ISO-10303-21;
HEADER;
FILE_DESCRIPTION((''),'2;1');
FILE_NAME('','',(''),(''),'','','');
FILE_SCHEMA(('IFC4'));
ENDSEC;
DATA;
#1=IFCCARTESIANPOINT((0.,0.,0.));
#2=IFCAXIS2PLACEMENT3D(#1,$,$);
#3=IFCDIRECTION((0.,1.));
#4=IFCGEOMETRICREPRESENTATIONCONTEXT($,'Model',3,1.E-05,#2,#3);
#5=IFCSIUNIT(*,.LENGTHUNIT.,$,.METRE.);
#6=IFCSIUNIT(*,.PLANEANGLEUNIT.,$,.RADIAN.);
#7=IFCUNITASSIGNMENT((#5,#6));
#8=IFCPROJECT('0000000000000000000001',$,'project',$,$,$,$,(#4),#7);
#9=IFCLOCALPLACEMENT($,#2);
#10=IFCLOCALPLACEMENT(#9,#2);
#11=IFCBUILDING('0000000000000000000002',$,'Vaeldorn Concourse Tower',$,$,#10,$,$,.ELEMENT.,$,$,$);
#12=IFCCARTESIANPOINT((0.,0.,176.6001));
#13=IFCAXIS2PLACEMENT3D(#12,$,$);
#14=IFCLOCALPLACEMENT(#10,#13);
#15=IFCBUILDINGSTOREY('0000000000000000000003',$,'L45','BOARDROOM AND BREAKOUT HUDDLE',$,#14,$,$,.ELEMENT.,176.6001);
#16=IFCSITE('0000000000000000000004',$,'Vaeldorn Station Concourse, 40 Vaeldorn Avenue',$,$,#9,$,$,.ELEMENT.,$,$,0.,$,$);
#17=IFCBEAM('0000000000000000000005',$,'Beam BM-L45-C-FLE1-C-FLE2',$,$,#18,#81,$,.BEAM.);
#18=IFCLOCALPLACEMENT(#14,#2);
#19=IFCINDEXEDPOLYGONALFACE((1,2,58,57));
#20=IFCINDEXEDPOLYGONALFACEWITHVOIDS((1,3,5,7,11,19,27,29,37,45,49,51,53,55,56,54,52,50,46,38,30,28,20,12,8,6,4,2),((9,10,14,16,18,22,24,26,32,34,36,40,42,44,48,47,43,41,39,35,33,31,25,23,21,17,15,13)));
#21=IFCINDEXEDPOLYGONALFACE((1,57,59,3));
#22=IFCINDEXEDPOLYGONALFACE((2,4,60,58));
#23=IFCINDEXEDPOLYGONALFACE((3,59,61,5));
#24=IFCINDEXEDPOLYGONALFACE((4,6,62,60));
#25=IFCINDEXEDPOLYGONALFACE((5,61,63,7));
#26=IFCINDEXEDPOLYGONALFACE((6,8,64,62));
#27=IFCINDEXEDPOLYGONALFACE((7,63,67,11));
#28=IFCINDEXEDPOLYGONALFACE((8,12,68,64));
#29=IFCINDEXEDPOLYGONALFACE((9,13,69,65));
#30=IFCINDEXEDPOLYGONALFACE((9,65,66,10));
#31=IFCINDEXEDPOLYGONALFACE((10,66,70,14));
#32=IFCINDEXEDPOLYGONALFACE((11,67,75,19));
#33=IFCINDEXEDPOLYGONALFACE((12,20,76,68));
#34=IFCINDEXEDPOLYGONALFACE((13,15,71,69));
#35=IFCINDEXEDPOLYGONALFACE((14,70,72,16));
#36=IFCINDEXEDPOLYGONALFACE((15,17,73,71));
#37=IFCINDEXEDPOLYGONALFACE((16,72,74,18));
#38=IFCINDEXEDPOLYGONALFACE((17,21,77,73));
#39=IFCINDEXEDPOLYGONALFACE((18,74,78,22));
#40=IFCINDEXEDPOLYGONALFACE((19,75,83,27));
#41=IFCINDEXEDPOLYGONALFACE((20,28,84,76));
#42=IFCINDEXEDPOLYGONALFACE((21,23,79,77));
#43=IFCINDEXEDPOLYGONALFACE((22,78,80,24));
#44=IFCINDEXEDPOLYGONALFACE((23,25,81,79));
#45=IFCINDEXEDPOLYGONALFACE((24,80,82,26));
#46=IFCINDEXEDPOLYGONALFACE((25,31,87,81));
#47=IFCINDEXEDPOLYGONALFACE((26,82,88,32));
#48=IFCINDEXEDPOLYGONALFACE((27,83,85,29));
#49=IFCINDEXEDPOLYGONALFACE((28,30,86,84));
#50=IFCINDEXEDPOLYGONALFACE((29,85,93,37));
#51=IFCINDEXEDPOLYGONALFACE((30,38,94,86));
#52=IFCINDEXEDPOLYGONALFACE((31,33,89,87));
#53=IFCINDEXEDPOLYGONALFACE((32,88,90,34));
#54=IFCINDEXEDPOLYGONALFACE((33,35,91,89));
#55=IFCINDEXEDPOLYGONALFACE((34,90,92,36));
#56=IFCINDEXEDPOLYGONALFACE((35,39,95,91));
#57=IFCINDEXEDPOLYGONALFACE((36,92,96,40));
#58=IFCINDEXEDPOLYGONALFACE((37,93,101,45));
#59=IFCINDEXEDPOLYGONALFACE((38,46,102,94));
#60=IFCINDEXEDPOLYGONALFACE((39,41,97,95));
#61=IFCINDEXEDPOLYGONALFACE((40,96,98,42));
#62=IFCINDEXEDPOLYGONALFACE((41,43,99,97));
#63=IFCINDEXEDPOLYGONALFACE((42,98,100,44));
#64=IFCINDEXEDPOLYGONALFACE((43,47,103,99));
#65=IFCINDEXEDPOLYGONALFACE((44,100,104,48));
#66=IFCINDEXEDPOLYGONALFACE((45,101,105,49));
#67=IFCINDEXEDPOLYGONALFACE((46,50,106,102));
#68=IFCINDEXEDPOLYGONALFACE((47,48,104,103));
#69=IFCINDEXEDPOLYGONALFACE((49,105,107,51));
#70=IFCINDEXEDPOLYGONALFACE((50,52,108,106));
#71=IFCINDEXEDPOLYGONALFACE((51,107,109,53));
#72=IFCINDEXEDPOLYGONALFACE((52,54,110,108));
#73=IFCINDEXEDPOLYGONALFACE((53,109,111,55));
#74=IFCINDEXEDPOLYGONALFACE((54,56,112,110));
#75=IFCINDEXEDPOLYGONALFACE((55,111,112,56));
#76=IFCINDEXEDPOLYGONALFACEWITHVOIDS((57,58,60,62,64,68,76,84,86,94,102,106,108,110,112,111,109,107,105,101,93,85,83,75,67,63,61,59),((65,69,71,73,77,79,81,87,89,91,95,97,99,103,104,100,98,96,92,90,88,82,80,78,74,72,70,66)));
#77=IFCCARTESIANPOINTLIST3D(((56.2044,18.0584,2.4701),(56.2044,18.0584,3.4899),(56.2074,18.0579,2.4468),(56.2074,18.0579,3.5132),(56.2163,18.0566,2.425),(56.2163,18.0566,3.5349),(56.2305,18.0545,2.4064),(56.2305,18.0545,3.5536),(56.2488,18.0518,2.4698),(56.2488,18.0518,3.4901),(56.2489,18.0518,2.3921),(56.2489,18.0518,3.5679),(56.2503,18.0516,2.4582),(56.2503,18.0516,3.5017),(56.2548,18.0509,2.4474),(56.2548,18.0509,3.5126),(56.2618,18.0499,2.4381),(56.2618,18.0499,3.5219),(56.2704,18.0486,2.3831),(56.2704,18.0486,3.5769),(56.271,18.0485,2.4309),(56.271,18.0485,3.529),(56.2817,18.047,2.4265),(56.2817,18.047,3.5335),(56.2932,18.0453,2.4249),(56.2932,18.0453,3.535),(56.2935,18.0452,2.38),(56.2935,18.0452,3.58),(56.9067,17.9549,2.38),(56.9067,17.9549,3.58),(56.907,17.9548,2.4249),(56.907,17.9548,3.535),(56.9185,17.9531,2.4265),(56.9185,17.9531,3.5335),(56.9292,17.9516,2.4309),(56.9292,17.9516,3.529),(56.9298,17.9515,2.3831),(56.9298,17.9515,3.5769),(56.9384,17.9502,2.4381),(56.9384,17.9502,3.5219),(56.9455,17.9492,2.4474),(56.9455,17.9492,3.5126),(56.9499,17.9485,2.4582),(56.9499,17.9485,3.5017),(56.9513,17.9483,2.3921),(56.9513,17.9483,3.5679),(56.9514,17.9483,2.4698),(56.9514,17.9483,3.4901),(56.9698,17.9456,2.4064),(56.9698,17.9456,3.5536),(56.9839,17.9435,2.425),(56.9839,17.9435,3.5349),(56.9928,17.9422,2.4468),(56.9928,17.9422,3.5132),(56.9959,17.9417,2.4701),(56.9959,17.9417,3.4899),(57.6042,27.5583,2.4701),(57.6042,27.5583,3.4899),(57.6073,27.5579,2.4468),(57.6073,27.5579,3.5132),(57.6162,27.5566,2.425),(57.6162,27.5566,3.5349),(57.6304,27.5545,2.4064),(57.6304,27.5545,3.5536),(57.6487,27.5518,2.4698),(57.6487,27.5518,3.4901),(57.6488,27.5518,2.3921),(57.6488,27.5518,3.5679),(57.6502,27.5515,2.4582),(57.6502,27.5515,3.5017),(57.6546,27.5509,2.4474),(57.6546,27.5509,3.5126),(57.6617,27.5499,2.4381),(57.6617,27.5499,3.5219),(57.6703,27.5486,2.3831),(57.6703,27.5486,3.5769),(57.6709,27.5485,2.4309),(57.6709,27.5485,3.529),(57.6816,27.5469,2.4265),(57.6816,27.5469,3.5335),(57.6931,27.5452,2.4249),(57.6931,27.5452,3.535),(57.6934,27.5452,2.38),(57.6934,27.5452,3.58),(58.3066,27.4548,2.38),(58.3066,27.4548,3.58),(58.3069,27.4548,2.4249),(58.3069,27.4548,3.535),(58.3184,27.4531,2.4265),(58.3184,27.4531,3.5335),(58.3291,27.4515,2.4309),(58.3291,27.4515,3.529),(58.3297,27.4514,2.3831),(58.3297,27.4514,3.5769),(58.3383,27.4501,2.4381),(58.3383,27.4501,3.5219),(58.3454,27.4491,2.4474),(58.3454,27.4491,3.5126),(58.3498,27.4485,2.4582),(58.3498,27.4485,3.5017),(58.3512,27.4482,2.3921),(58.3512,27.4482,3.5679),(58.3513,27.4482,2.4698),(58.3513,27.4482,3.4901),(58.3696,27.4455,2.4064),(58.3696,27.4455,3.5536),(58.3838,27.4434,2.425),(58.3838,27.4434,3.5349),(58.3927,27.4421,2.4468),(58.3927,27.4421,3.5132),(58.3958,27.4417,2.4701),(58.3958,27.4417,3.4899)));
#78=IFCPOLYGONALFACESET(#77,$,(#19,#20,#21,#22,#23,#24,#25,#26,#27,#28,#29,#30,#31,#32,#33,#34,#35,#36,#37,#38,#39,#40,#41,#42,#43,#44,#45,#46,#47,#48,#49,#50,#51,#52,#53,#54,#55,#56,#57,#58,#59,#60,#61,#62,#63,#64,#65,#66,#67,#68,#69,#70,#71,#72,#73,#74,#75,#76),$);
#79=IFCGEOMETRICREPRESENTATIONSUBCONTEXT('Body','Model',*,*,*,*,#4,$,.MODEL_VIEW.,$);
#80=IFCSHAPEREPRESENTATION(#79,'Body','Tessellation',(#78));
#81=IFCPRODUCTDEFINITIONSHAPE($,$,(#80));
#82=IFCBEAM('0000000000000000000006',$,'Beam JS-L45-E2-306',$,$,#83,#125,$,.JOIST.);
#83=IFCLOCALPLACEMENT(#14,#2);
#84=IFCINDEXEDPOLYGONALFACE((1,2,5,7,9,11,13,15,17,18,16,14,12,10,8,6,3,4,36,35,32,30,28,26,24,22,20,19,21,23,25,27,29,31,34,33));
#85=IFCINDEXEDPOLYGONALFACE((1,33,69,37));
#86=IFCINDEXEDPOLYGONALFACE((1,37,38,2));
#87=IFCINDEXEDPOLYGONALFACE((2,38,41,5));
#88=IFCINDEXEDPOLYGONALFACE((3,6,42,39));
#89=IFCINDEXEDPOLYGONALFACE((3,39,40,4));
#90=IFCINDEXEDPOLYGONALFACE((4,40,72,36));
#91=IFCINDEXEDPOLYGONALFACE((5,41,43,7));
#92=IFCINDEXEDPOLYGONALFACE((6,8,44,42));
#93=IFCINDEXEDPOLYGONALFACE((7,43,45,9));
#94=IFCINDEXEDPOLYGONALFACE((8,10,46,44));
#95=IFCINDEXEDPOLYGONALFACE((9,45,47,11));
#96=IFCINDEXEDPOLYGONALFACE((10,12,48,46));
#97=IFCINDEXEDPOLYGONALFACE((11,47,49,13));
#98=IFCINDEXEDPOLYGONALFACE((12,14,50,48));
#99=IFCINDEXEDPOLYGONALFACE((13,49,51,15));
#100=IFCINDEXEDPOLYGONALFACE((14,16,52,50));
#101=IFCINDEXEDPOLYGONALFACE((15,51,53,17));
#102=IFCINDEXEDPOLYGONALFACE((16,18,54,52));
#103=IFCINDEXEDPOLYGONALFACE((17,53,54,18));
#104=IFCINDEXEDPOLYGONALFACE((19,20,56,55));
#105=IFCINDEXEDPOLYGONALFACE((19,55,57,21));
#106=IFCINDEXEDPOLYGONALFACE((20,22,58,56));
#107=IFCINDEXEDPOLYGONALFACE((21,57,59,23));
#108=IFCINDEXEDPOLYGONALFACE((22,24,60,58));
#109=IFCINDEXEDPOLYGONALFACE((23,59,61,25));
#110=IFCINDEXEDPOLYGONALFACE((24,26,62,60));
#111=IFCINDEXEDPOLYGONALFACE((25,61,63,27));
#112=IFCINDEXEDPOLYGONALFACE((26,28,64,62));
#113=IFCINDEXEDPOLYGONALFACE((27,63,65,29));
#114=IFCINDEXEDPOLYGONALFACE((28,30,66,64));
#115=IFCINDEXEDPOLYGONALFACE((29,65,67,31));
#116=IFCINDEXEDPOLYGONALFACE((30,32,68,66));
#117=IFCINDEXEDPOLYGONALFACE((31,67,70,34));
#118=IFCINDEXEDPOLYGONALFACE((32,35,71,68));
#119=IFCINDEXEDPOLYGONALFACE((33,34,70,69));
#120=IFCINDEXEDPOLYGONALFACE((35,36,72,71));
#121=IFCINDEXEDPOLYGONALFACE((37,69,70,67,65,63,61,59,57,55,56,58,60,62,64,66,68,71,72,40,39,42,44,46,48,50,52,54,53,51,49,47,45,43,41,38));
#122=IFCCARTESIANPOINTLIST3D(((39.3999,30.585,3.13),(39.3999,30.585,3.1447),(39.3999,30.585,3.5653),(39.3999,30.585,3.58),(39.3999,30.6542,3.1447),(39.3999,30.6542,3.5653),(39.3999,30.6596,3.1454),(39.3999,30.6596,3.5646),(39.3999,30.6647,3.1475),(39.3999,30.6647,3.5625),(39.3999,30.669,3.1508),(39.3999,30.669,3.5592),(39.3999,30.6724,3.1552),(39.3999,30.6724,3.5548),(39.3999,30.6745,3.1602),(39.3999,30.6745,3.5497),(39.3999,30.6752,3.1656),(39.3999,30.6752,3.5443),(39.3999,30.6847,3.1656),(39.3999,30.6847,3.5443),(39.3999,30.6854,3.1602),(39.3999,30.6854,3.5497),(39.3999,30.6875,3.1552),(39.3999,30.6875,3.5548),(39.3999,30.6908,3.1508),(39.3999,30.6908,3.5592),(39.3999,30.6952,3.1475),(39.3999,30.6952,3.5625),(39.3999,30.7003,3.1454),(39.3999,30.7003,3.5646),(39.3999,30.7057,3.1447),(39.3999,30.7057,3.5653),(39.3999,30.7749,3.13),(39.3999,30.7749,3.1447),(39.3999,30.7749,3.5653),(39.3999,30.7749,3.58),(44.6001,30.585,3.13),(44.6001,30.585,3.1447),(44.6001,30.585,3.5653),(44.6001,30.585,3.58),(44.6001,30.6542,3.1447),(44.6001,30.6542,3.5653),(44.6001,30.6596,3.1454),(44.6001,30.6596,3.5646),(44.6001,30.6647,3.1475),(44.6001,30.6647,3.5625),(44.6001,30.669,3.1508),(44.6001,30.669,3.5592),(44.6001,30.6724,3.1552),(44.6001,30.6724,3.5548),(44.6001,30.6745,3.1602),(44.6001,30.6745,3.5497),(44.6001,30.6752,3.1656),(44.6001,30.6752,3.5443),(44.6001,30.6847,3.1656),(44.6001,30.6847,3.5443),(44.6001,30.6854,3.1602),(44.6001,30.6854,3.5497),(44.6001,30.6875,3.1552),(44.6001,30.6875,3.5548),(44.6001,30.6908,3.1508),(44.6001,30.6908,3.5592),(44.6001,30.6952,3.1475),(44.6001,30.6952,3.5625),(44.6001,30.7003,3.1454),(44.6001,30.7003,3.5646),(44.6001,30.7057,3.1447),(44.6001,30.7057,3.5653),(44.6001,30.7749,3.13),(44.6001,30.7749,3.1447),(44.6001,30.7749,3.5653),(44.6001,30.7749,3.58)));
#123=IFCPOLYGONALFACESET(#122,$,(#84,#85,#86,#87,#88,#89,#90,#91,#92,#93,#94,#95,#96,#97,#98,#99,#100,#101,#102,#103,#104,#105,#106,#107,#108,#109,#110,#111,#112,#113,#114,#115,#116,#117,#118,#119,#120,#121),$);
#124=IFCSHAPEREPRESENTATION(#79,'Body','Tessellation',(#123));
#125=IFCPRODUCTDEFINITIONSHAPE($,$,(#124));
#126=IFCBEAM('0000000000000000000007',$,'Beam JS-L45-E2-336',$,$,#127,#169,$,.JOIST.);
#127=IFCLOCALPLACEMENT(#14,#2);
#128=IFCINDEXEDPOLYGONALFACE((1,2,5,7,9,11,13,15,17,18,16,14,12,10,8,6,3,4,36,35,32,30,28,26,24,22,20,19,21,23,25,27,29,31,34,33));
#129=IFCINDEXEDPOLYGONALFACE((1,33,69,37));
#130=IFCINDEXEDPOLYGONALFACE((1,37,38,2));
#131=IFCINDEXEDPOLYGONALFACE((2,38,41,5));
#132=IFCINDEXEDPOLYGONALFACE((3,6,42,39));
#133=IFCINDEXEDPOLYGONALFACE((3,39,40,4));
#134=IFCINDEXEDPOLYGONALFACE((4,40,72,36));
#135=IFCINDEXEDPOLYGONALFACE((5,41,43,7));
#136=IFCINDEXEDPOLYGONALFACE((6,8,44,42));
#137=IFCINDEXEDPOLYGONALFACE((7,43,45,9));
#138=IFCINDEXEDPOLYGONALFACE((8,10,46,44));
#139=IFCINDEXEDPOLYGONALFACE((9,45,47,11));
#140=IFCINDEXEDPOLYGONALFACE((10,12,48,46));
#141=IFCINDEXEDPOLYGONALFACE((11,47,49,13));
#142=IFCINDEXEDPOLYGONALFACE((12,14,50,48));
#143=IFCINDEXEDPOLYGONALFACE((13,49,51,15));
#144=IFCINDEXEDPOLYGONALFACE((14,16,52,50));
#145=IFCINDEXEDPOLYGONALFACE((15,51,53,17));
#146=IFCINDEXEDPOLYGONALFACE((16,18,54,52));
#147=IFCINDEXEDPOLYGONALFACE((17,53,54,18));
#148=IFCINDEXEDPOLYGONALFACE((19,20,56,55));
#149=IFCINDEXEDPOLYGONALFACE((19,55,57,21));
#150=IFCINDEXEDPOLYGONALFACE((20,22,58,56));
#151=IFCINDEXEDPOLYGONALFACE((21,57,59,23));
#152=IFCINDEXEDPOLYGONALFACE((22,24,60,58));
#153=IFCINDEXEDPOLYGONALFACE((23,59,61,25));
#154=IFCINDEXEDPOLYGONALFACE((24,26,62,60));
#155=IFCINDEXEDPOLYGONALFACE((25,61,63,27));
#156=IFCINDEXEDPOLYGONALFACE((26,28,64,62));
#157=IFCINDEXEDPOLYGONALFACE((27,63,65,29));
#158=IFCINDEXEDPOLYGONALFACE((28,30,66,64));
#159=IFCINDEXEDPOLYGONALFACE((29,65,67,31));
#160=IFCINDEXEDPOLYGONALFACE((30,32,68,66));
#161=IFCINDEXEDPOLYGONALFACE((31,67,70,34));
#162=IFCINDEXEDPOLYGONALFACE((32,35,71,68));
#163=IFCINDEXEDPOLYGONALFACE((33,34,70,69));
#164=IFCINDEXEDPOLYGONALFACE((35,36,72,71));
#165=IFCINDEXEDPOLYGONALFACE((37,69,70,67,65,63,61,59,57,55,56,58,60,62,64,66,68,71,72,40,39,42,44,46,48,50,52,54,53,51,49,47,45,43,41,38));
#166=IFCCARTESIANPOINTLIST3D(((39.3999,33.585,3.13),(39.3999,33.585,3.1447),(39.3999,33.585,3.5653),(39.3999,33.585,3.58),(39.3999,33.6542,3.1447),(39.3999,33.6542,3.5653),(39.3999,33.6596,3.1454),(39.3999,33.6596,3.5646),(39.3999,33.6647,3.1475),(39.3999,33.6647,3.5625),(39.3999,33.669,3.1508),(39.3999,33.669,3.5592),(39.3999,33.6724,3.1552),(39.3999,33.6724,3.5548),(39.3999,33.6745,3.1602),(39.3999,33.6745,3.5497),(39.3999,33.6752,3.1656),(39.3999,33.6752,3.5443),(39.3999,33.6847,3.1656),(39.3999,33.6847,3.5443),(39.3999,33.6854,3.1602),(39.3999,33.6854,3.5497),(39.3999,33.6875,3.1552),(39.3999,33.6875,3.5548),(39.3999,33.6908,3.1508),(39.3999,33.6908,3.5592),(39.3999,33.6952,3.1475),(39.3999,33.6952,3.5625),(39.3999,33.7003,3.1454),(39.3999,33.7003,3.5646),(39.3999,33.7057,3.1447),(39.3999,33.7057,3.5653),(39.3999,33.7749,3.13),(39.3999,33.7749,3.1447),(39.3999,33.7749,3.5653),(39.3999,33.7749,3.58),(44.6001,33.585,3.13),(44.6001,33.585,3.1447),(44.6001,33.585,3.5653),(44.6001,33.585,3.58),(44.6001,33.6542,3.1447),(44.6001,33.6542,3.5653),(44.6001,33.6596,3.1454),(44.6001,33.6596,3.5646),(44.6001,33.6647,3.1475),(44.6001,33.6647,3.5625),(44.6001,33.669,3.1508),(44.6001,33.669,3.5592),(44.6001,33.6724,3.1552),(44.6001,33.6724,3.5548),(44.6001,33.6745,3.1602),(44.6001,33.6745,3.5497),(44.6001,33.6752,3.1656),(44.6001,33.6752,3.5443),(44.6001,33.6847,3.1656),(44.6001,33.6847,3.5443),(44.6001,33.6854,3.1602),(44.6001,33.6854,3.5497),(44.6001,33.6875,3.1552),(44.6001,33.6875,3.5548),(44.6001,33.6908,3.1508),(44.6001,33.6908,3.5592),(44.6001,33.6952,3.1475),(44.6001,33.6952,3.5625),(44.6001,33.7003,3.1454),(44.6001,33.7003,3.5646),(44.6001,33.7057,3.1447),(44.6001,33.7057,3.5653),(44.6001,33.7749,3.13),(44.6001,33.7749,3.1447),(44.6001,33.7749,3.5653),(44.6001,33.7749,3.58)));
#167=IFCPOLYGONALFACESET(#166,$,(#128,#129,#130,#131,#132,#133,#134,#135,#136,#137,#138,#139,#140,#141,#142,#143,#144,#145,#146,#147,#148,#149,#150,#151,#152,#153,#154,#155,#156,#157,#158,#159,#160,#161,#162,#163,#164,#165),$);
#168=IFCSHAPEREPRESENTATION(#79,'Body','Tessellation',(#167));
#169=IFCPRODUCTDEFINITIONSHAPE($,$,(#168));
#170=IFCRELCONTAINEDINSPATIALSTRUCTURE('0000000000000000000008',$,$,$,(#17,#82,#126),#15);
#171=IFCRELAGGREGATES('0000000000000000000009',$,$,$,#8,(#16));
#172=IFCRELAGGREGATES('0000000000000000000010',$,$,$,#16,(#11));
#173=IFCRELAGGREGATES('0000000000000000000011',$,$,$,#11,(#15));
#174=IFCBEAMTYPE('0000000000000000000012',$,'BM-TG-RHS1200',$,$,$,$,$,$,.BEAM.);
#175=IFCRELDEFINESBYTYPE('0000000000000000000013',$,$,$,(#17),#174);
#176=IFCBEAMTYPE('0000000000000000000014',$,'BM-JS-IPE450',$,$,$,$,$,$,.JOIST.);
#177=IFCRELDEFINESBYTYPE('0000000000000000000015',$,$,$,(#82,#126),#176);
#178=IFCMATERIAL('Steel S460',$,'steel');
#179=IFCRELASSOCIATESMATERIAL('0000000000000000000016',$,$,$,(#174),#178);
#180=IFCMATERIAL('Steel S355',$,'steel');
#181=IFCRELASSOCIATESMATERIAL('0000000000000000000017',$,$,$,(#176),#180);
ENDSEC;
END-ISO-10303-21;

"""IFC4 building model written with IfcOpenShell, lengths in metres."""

from ifc_helpers import new_model, si_unit, direction, frame, origin, origin_2d, place, context, subcontext, project, spatial, hollow_rectangle, i_section, extrude, source, transform, mapped, material, material_profile, profile_set, type_object, element, save


model = new_model("IFC4")

# Units and contexts
model_context = context("Model", 3, precision=1e-05, world=origin(), true_north=direction((0.0, 1.0)))
body_context = subcontext(model_context, "Body", "Model", "MODEL_VIEW")
ifc_project = project(units=[si_unit("LENGTHUNIT", "METRE"), si_unit("PLANEANGLEUNIT", "RADIAN")], contexts=[model_context])

# Site, building, storey
site_placement = place(None, origin())
site = spatial("IfcSite", under=ifc_project, at=site_placement, Name="Vaeldorn Station Concourse, 40 Vaeldorn Avenue", CompositionType="ELEMENT", RefElevation=0.0)
building_placement = place(site_placement, origin())
building = spatial("IfcBuilding", under=site, at=building_placement, Name="Vaeldorn Concourse Tower", CompositionType="ELEMENT")
storey_placement = place(building_placement, frame((0.0, 0.0, 176.6001)))
storey = spatial("IfcBuildingStorey", under=building, at=storey_placement, Name="L45", Description="BOARDROOM AND BREAKOUT HUDDLE", CompositionType="ELEMENT", Elevation=176.6001)

# Shared definitions
ifc_material_1 = material(Name="Steel S460", Category="steel")
ifc_material_2 = material(Name="Steel S355", Category="steel")

# Beams
ifc_material_profile_1 = material_profile(ifc_material_1, hollow_rectangle(XDim=0.8, YDim=1.2, WallThickness=0.0449, InnerFilletRadius=0.0449, OuterFilletRadius=0.0901, at=origin_2d()), Name="RHS 1200x800x45")
ifc_profile_set_1 = profile_set([ifc_material_profile_1], Name="Steel S460")
beam_type_1 = type_object("IfcBeamType", Name="BM-TG-RHS1200", PredefinedType="BEAM", material=ifc_profile_set_1)
shared_shape_1 = source(origin(), body_context, "Body", "SweptSolid", [
    extrude(hollow_rectangle(XDim=0.8, YDim=1.2, WallThickness=0.0449, InnerFilletRadius=0.0449, OuterFilletRadius=0.0901, at=origin_2d()), origin(), (0.0, 0.0, 1.0), 9.6025),
])
beam_1_placement = place(storey_placement, frame((58.0, 27.5, 2.98), z_axis=(-0.145784, -0.989316, 0.0), x_axis=(0.989316, -0.145784, 0.0)))
element("IfcBeam", 1, at=beam_1_placement, inside=storey, type_object=beam_type_1, Name="Beam BM-L45-C-FLE1-C-FLE2", PredefinedType="BEAM", context=body_context, shape_type="MappedRepresentation", body=[
    mapped(shared_shape_1, transform((0.0, 0.0, 0.0), scale=1.0)),
])
ifc_material_profile_2 = material_profile(ifc_material_2, i_section(OverallWidth=0.1899, OverallDepth=0.45, WebThickness=0.0095, FlangeThickness=0.0146, FilletRadius=0.021, at=origin_2d()), Name="IPE 450")
ifc_profile_set_2 = profile_set([ifc_material_profile_2], Name="Steel S355")
beam_type_2 = type_object("IfcBeamType", Name="BM-JS-IPE450", PredefinedType="JOIST", material=ifc_profile_set_2)
shared_shape_2 = source(origin(), body_context, "Body", "SweptSolid", [
    extrude(i_section(OverallWidth=0.1899, OverallDepth=0.45, WebThickness=0.0095, FlangeThickness=0.0146, FilletRadius=0.021, at=origin_2d()), origin(), (0.0, 0.0, 1.0), 5.2002),
])
for number, where, z_axis, x_axis, name in (
    (2, (39.3999, 30.6799, 3.355), (1.0, 0.0, 0.0), (0.0, 1.0, 0.0), "Beam JS-L45-E2-306"),
    (3, (39.3999, 33.6799, 3.355), (1.0, 0.0, 0.0), (0.0, 1.0, 0.0), "Beam JS-L45-E2-336"),
):
    element("IfcBeam", number, at=place(storey_placement, frame(where, z_axis=z_axis, x_axis=x_axis)), inside=storey, type_object=beam_type_2, Name=name, PredefinedType="JOIST", context=body_context, shape_type="MappedRepresentation", body=[
        mapped(shared_shape_2, transform((0.0, 0.0, 0.0), scale=1.0)),
    ])

save(model, "model.ifc")
